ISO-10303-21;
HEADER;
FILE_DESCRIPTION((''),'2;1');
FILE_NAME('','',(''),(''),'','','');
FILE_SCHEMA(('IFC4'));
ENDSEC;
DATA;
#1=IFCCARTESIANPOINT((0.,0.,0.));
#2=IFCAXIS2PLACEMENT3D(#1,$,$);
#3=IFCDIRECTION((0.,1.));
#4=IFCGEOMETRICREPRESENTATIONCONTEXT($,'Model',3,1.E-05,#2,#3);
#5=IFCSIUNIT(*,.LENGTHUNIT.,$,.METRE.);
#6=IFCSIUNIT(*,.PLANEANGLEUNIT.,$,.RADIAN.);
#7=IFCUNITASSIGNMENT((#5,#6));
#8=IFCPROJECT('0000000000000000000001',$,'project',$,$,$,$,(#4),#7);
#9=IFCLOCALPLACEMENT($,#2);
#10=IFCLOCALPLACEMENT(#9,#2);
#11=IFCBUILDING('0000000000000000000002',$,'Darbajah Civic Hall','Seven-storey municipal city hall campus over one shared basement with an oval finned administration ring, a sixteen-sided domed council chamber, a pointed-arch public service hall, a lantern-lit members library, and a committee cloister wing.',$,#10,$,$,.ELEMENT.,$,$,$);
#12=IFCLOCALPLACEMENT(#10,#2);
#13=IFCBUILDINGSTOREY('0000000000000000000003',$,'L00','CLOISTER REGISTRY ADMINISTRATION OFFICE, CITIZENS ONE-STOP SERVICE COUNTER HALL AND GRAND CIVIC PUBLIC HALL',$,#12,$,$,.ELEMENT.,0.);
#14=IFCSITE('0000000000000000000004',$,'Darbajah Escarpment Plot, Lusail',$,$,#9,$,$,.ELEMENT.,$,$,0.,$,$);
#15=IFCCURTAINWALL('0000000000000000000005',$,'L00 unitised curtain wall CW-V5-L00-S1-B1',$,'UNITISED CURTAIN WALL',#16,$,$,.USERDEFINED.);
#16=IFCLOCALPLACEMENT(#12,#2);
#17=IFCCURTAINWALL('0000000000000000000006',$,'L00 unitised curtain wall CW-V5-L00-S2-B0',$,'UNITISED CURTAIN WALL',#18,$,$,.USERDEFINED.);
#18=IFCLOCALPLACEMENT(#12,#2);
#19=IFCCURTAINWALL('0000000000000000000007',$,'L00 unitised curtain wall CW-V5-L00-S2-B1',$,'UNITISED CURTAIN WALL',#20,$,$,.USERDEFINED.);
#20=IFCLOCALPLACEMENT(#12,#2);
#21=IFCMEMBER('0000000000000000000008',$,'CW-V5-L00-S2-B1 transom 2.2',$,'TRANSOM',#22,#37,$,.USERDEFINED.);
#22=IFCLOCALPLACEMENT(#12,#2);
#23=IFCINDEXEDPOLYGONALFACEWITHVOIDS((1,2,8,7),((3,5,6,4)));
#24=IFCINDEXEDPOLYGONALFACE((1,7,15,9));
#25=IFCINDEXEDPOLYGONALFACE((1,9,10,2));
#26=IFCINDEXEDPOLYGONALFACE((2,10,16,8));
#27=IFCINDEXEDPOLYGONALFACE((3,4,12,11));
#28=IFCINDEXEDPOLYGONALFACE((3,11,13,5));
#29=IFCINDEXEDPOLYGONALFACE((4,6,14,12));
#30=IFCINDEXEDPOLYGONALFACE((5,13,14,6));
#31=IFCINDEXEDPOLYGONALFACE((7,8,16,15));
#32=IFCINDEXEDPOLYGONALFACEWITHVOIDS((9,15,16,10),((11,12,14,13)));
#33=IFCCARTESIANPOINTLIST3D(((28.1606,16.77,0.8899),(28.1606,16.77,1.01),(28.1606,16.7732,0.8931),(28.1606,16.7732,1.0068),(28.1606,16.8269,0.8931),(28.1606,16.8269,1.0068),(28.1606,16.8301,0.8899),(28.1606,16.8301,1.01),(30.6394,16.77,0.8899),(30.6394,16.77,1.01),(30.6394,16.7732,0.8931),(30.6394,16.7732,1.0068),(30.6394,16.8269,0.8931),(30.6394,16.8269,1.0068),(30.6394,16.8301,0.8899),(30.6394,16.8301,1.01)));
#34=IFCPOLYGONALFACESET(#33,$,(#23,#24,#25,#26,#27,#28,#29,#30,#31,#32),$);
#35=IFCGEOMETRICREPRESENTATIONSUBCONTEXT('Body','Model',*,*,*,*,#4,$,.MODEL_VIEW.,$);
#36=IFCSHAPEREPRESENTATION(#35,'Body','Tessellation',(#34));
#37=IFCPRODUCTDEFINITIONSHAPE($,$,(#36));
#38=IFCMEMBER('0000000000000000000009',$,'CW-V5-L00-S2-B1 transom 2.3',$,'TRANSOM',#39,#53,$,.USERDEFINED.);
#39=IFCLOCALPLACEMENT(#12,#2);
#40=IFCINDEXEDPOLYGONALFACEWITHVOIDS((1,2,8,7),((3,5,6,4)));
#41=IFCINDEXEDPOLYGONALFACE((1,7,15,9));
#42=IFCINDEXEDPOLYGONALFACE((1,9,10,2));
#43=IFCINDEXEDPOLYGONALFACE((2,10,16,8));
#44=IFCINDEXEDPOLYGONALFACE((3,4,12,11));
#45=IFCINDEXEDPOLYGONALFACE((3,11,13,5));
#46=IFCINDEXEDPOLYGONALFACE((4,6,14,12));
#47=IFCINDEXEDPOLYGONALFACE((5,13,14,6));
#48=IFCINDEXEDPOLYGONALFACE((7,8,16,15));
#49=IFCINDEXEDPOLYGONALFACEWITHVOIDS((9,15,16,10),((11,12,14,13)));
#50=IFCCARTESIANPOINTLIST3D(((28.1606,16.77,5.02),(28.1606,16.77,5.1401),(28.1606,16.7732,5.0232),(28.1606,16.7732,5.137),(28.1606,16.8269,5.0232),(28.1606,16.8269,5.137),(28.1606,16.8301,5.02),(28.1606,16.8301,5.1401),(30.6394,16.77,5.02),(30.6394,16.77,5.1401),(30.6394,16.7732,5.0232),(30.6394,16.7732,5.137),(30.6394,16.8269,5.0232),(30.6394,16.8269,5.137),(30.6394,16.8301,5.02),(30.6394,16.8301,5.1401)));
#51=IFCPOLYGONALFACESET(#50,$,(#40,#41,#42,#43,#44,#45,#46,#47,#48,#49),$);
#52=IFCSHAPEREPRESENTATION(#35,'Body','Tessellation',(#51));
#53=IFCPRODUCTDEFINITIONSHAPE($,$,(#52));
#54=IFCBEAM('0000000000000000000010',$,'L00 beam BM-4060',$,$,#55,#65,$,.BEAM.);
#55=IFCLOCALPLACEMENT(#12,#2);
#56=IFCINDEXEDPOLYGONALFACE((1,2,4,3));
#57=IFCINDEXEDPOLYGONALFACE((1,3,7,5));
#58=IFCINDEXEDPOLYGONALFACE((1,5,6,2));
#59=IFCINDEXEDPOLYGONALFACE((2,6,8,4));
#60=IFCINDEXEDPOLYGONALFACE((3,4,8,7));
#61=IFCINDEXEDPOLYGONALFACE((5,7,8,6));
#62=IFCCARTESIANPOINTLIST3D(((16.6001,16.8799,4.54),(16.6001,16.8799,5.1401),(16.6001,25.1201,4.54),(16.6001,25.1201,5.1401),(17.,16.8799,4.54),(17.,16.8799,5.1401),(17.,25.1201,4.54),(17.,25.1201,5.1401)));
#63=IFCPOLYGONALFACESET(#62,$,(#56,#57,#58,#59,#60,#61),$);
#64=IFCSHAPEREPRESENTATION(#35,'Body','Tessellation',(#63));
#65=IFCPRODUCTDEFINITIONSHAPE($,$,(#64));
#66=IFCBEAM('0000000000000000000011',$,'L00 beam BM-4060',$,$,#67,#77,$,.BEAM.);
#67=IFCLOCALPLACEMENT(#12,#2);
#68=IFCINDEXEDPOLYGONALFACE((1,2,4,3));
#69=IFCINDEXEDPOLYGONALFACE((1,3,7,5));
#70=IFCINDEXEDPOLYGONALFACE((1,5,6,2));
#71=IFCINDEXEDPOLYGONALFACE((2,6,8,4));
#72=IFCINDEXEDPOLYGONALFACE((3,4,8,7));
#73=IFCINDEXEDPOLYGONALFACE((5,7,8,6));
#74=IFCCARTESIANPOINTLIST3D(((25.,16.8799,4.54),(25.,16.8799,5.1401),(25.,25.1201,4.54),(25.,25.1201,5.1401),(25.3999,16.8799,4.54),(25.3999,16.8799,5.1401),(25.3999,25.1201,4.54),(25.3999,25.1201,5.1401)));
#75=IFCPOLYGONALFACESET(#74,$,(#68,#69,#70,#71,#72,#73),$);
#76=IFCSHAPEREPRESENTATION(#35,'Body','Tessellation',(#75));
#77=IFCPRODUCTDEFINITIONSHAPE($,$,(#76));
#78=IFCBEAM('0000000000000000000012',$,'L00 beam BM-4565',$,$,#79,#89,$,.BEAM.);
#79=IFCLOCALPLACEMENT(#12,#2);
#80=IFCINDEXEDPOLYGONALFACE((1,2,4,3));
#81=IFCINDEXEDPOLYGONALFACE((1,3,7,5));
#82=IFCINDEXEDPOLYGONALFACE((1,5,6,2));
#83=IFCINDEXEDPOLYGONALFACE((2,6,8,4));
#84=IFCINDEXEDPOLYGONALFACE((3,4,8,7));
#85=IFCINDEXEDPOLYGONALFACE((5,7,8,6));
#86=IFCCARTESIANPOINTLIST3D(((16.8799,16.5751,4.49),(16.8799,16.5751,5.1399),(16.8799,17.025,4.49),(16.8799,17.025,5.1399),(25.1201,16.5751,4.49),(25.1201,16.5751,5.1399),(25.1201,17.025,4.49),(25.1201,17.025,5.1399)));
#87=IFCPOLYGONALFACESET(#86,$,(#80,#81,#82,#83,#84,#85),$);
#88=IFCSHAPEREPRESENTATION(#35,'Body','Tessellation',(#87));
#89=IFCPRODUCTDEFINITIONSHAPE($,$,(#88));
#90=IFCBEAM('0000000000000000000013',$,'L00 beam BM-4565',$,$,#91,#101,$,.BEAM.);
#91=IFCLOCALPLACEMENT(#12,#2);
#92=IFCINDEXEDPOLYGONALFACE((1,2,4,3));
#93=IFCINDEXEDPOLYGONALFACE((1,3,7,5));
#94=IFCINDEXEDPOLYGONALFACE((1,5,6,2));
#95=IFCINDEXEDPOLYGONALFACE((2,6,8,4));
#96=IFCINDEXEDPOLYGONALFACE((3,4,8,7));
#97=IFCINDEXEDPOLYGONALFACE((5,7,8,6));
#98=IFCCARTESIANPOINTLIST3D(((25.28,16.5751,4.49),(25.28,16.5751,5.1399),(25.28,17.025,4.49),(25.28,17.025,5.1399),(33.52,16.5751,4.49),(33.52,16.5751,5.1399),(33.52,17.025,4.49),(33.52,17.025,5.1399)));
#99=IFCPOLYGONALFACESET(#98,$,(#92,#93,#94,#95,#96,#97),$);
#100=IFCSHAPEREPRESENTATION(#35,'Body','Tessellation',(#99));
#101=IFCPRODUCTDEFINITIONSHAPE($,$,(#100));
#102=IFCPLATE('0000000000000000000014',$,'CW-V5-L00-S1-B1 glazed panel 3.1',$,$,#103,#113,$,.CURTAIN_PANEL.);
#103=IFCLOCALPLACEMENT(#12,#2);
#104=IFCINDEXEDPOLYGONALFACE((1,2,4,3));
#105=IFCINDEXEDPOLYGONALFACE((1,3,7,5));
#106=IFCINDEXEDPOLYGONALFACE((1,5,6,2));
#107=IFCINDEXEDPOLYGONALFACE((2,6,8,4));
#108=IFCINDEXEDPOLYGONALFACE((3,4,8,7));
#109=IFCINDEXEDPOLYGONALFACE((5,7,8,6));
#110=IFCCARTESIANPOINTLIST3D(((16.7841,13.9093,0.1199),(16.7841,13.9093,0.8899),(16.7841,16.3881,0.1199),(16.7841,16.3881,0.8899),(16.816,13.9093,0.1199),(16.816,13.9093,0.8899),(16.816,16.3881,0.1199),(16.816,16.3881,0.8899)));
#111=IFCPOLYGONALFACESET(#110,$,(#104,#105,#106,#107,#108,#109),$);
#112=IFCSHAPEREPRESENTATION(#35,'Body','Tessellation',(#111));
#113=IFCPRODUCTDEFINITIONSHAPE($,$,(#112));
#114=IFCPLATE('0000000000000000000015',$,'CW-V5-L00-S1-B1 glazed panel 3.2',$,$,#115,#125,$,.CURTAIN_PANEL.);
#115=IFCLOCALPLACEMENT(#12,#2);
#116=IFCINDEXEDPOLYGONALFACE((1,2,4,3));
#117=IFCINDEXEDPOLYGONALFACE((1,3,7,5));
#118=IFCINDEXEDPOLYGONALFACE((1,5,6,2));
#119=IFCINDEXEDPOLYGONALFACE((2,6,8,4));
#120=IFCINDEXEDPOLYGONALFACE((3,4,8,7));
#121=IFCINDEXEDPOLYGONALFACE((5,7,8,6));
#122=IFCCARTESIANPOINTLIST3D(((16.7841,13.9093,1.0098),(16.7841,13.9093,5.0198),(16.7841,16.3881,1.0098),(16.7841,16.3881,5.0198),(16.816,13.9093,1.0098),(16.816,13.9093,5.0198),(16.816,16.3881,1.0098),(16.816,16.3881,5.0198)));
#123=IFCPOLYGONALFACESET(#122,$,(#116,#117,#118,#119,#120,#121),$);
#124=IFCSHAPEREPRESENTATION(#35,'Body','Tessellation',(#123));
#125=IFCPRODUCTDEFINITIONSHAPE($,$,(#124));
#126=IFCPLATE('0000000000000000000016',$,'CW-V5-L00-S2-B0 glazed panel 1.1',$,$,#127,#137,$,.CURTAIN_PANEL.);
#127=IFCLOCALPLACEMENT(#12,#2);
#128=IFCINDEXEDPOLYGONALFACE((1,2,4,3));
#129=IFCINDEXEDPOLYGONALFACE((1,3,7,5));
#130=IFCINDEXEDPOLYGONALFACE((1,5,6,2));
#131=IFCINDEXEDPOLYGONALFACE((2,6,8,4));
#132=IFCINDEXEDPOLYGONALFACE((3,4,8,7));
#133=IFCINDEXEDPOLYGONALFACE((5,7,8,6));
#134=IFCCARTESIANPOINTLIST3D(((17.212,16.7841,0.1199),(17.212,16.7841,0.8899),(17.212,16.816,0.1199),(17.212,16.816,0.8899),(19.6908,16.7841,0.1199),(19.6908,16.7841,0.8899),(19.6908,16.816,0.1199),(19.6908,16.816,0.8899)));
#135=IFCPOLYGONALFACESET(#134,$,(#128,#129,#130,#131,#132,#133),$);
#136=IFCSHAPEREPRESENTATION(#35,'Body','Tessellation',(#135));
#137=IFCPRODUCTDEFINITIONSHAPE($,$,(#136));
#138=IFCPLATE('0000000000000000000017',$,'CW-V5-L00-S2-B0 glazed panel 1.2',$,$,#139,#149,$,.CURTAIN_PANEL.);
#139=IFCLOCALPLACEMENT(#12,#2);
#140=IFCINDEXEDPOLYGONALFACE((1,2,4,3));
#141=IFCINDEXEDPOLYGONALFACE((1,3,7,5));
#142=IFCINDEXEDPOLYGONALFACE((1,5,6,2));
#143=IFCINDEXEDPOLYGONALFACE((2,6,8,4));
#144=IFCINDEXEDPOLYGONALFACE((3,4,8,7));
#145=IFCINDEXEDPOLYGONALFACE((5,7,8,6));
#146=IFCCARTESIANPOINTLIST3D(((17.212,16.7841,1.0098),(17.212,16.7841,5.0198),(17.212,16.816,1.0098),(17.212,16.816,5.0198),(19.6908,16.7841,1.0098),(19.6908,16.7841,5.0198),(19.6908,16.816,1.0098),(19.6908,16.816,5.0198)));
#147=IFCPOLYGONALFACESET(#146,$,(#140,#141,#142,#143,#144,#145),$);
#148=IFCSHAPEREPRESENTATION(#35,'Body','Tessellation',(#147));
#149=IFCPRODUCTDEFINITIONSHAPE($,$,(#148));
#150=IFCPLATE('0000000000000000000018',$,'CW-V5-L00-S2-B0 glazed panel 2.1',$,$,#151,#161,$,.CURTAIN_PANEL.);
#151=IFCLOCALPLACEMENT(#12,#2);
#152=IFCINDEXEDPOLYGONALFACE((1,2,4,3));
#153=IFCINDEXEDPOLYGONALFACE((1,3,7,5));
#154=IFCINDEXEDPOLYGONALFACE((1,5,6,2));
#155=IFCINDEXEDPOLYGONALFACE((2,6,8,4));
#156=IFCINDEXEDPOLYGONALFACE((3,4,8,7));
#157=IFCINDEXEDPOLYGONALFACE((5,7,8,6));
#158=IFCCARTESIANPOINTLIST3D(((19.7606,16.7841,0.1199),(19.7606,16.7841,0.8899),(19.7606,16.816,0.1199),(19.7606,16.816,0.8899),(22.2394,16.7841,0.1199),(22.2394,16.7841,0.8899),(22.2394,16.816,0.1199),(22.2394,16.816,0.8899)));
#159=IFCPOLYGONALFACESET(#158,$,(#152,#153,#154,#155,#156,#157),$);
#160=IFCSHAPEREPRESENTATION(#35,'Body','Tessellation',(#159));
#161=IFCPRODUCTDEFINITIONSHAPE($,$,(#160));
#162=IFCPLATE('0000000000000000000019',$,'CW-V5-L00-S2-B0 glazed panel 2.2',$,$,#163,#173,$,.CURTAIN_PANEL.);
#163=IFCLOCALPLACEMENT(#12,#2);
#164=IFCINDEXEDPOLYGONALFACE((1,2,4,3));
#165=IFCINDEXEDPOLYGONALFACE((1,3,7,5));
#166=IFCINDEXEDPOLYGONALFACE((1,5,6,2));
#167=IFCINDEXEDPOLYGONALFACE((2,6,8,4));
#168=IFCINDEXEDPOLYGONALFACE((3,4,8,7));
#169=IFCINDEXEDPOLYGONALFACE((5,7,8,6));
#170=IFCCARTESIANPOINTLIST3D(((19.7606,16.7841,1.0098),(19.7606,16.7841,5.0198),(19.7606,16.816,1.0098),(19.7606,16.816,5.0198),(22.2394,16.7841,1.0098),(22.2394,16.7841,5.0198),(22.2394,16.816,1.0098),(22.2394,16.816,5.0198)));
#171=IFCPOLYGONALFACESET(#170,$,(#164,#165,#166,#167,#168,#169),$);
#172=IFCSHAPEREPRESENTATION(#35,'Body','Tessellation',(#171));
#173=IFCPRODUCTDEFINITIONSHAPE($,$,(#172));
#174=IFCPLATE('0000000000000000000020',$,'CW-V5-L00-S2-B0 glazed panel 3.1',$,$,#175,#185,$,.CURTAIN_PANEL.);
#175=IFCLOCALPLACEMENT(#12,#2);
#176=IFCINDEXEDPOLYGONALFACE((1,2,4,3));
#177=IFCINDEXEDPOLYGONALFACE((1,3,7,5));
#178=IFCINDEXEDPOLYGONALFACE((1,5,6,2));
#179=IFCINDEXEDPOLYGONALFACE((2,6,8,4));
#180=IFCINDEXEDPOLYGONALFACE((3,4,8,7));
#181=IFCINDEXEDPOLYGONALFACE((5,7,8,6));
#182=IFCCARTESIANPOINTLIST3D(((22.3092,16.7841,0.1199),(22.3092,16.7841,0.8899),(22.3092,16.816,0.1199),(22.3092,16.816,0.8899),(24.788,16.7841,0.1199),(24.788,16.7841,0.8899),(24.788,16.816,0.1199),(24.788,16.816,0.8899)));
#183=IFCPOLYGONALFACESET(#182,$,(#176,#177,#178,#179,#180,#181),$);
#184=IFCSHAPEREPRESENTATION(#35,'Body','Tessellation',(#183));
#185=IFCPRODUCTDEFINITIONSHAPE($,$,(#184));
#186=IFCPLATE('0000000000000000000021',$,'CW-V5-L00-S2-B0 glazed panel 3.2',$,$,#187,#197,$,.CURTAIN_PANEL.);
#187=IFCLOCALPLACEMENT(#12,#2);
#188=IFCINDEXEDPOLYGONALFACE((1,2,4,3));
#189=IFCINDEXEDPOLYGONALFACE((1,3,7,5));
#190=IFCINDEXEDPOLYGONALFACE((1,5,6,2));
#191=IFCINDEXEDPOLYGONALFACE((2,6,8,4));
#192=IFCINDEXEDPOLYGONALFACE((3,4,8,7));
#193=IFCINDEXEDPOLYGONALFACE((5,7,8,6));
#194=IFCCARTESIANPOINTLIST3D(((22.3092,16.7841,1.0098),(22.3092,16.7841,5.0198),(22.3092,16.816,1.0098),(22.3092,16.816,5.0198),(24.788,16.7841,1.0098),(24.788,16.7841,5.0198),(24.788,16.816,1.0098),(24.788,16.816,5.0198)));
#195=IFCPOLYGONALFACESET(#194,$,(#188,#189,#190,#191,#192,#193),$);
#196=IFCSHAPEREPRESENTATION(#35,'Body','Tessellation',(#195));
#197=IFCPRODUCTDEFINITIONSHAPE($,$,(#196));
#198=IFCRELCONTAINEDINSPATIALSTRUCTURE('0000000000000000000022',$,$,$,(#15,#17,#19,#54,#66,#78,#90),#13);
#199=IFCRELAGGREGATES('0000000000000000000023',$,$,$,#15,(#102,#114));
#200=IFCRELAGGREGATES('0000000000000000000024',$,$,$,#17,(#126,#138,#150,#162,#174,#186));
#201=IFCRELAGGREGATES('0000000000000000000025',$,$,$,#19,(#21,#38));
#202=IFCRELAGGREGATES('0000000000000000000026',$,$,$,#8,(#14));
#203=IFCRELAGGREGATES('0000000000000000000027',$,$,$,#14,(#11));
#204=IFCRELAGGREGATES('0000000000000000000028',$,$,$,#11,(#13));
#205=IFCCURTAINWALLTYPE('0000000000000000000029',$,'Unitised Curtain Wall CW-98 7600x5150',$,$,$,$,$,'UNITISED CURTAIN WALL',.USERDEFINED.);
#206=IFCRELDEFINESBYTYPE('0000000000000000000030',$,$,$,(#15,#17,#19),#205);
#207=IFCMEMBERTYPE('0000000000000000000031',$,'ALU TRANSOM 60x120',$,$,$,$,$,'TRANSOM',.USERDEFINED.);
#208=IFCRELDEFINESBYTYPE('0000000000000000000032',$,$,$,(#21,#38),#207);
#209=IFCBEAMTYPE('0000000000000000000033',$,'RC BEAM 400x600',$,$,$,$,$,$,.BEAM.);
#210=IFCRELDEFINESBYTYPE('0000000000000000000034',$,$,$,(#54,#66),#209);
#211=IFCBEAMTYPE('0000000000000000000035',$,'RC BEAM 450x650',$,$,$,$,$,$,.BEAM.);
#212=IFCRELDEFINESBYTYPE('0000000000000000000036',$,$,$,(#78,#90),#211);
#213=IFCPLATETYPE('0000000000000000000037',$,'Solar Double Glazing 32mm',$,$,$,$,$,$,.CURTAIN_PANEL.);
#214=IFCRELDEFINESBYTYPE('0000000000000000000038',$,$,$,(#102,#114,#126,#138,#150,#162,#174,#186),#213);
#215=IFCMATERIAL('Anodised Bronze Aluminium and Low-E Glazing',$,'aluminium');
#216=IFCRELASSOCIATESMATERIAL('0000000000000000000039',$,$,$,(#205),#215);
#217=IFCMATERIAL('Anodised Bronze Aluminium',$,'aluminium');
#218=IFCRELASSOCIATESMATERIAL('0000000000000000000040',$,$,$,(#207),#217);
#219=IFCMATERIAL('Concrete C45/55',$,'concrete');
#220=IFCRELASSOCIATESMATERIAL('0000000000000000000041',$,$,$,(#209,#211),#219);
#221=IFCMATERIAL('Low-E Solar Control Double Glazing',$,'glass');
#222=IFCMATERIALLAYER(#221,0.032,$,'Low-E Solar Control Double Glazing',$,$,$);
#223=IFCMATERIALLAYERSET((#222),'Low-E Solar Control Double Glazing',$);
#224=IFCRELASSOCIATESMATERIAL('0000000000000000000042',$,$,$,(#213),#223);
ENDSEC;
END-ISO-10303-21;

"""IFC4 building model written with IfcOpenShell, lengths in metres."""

from ifc_helpers import new_model, si_unit, direction, frame, origin, origin_2d, place, context, subcontext, project, spatial, rectangle, hollow_rectangle, extrude, material, layer, layer_set, material_profile, profile_set, type_object, element, aggregate, save


model = new_model("IFC4")

# Units and contexts
model_context = context("Model", 3, precision=1e-05, world=origin(), true_north=direction((0.0, 1.0)))
body_context = subcontext(model_context, "Body", "Model", "MODEL_VIEW")
ifc_project = project(units=[si_unit("LENGTHUNIT", "METRE"), si_unit("PLANEANGLEUNIT", "RADIAN")], contexts=[model_context])

# Site, building, storey
site_placement = place(None, origin())
site = spatial("IfcSite", under=ifc_project, at=site_placement, Name="Darbajah Escarpment Plot, Lusail", CompositionType="ELEMENT", RefElevation=0.0)
building_placement = place(site_placement, origin())
building = spatial("IfcBuilding", under=site, at=building_placement, Name="Darbajah Civic Hall", Description="Seven-storey municipal city hall campus over one shared basement with an oval finned administration ring, a sixteen-sided domed council chamber, a pointed-arch public service hall, a lantern-lit members library, and a committee cloister wing.", CompositionType="ELEMENT")
storey_placement = place(building_placement, origin())
storey = spatial("IfcBuildingStorey", under=building, at=storey_placement, Name="L00", Description="CLOISTER REGISTRY ADMINISTRATION OFFICE, CITIZENS ONE-STOP SERVICE COUNTER HALL AND GRAND CIVIC PUBLIC HALL", CompositionType="ELEMENT", Elevation=0.0)

# Curtain wall
ifc_material_1 = material(Name="Anodised Bronze Aluminium and Low-E Glazing", Category="aluminium")
curtain_wall_type = type_object("IfcCurtainWallType", Name="Unitised Curtain Wall CW-98 7600x5150", ElementType="UNITISED CURTAIN WALL", PredefinedType="USERDEFINED", material=ifc_material_1)
curtain_wall_1_placement = place(storey_placement, origin())
curtain_wall_1 = element("IfcCurtainWall", 1, at=curtain_wall_1_placement, inside=storey, type_object=curtain_wall_type, Name="L00 unitised curtain wall CW-V5-L00-S1-B1", ObjectType="UNITISED CURTAIN WALL", PredefinedType="USERDEFINED")
ifc_material_2 = material(Name="Anodised Bronze Aluminium", Category="aluminium")

# Curtain walls
curtain_wall_2_placement = place(storey_placement, origin())
curtain_wall_2 = element("IfcCurtainWall", 2, at=curtain_wall_2_placement, inside=storey, type_object=curtain_wall_type, Name="L00 unitised curtain wall CW-V5-L00-S2-B0", ObjectType="UNITISED CURTAIN WALL", PredefinedType="USERDEFINED")
curtain_wall_3_placement = place(storey_placement, origin())
curtain_wall_3 = element("IfcCurtainWall", 3, at=curtain_wall_3_placement, inside=storey, type_object=curtain_wall_type, Name="L00 unitised curtain wall CW-V5-L00-S2-B1", ObjectType="UNITISED CURTAIN WALL", PredefinedType="USERDEFINED")

# Members
ifc_material_profile_1 = material_profile(ifc_material_2, hollow_rectangle(XDim=0.0601, YDim=0.1201, WallThickness=0.0032, at=origin_2d()), Name="ALU TRANSOM 60x120")
ifc_profile_set_1 = profile_set([ifc_material_profile_1], Name="Anodised Bronze Aluminium")
member_type_1 = type_object("IfcMemberType", Name="ALU TRANSOM 60x120", ElementType="TRANSOM", PredefinedType="USERDEFINED", material=ifc_profile_set_1)
member_1_placement = place(storey_placement, frame((28.1606, 16.8, 0.95), z_axis=(1.0, 0.0, 0.0), x_axis=(0.0, 1.0, 0.0)))
member_1 = element("IfcMember", 4, at=member_1_placement, type_object=member_type_1, Name="CW-V5-L00-S2-B1 transom 2.2", ObjectType="TRANSOM", PredefinedType="USERDEFINED", context=body_context, shape_type="SweptSolid", body=[
    extrude(hollow_rectangle(XDim=0.0601, YDim=0.1201, WallThickness=0.0032, at=origin_2d()), origin(), (0.0, 0.0, 1.0), 2.4788),
])
member_2_placement = place(storey_placement, frame((28.1606, 16.8, 5.0801), z_axis=(1.0, 0.0, 0.0), x_axis=(0.0, 1.0, 0.0)))
member_2 = element("IfcMember", 5, at=member_2_placement, type_object=member_type_1, Name="CW-V5-L00-S2-B1 transom 2.3", ObjectType="TRANSOM", PredefinedType="USERDEFINED", context=body_context, shape_type="SweptSolid", body=[
    extrude(hollow_rectangle(XDim=0.0601, YDim=0.1201, WallThickness=0.0032, at=origin_2d()), origin(), (0.0, 0.0, 1.0), 2.4788),
])

# Beams
ifc_material_3 = material(Name="Concrete C45/55", Category="concrete")
ifc_material_profile_2 = material_profile(ifc_material_3, rectangle(XDim=0.3999, YDim=0.6001, at=origin_2d()), Name="RC BEAM 400x600")
ifc_profile_set_2 = profile_set([ifc_material_profile_2], Name="Concrete C45/55")
beam_type_1 = type_object("IfcBeamType", Name="RC BEAM 400x600", PredefinedType="BEAM", material=ifc_profile_set_2)
for number, where, z_axis, x_axis, name in (
    (6, (16.8, 16.8799, 4.8401), (0.0, 1.0, 0.0), (-1.0, 0.0, 0.0), "L00 beam BM-4060"),
    (7, (25.2, 16.8799, 4.8401), (0.0, 1.0, 0.0), (-1.0, 0.0, 0.0), "L00 beam BM-4060"),
):
    element("IfcBeam", number, at=place(storey_placement, frame(where, z_axis=z_axis, x_axis=x_axis)), inside=storey, type_object=beam_type_1, Name=name, PredefinedType="BEAM", context=body_context, shape_type="SweptSolid", body=[
        extrude(rectangle(XDim=0.3999, YDim=0.6001, at=origin_2d()), origin(), (0.0, 0.0, 1.0), 8.2402),
    ])
ifc_material_profile_3 = material_profile(ifc_material_3, rectangle(XDim=0.45, YDim=0.6499, at=origin_2d()), Name="RC BEAM 450x650")
ifc_profile_set_3 = profile_set([ifc_material_profile_3], Name="Concrete C45/55")
beam_type_2 = type_object("IfcBeamType", Name="RC BEAM 450x650", PredefinedType="BEAM", material=ifc_profile_set_3)
beam_1_placement = place(storey_placement, frame((16.8799, 16.8, 4.8149), z_axis=(1.0, 0.0, 0.0), x_axis=(0.0, 1.0, 0.0)))
element("IfcBeam", 8, at=beam_1_placement, inside=storey, type_object=beam_type_2, Name="L00 beam BM-4565", PredefinedType="BEAM", context=body_context, shape_type="SweptSolid", body=[
    extrude(rectangle(XDim=0.45, YDim=0.6499, at=origin_2d()), origin(), (0.0, 0.0, 1.0), 8.2402),
])
beam_2_placement = place(storey_placement, frame((25.28, 16.8, 4.8149), z_axis=(1.0, 0.0, 0.0), x_axis=(0.0, 1.0, 0.0)))
element("IfcBeam", 9, at=beam_2_placement, inside=storey, type_object=beam_type_2, Name="L00 beam BM-4565", PredefinedType="BEAM", context=body_context, shape_type="SweptSolid", body=[
    extrude(rectangle(XDim=0.45, YDim=0.6499, at=origin_2d()), origin(), (0.0, 0.0, 1.0), 8.24),
])

# Plates
ifc_material_4 = material(Name="Low-E Solar Control Double Glazing", Category="glass")
ifc_layer = layer(ifc_material_4, 0.032, Name="Low-E Solar Control Double Glazing")
ifc_layer_set = layer_set([ifc_layer], Name="Low-E Solar Control Double Glazing")
plate_type = type_object("IfcPlateType", Name="Solar Double Glazing 32mm", PredefinedType="CURTAIN_PANEL", material=ifc_layer_set)
plate_1_placement = place(storey_placement, frame((16.8, 15.1487, 0.1199), z_axis=(0.0, 0.0, 1.0), x_axis=(0.0, 1.0, 0.0)))
plate_1 = element("IfcPlate", 10, at=plate_1_placement, type_object=plate_type, Name="CW-V5-L00-S1-B1 glazed panel 3.1", PredefinedType="CURTAIN_PANEL", context=body_context, shape_type="SweptSolid", body=[
    extrude(rectangle(XDim=2.4788, YDim=0.032, at=origin_2d()), origin(), (0.0, 0.0, 1.0), 0.77),
])
plate_2_placement = place(storey_placement, frame((16.8, 15.1487, 1.0098), z_axis=(0.0, 0.0, 1.0), x_axis=(0.0, 1.0, 0.0)))
plate_2 = element("IfcPlate", 11, at=plate_2_placement, type_object=plate_type, Name="CW-V5-L00-S1-B1 glazed panel 3.2", PredefinedType="CURTAIN_PANEL", context=body_context, shape_type="SweptSolid", body=[
    extrude(rectangle(XDim=2.4788, YDim=0.032, at=origin_2d()), origin(), (0.0, 0.0, 1.0), 4.01),
])
aggregate(curtain_wall_1, [plate_1, plate_2])
plate_3_placement = place(storey_placement, frame((18.4514, 16.8, 0.1199), z_axis=(0.0, 0.0, 1.0), x_axis=(1.0, 0.0, 0.0)))
plate_3 = element("IfcPlate", 12, at=plate_3_placement, type_object=plate_type, Name="CW-V5-L00-S2-B0 glazed panel 1.1", PredefinedType="CURTAIN_PANEL", context=body_context, shape_type="SweptSolid", body=[
    extrude(rectangle(XDim=2.4788, YDim=0.032, at=origin_2d()), origin(), (0.0, 0.0, 1.0), 0.77),
])
plate_4_placement = place(storey_placement, frame((18.4514, 16.8, 1.0098), z_axis=(0.0, 0.0, 1.0), x_axis=(1.0, 0.0, 0.0)))
plate_4 = element("IfcPlate", 13, at=plate_4_placement, type_object=plate_type, Name="CW-V5-L00-S2-B0 glazed panel 1.2", PredefinedType="CURTAIN_PANEL", context=body_context, shape_type="SweptSolid", body=[
    extrude(rectangle(XDim=2.4788, YDim=0.032, at=origin_2d()), origin(), (0.0, 0.0, 1.0), 4.01),
])
plate_5_placement = place(storey_placement, frame((21.0, 16.8, 0.1199), z_axis=(0.0, 0.0, 1.0), x_axis=(1.0, 0.0, 0.0)))
plate_5 = element("IfcPlate", 14, at=plate_5_placement, type_object=plate_type, Name="CW-V5-L00-S2-B0 glazed panel 2.1", PredefinedType="CURTAIN_PANEL", context=body_context, shape_type="SweptSolid", body=[
    extrude(rectangle(XDim=2.4788, YDim=0.032, at=origin_2d()), origin(), (0.0, 0.0, 1.0), 0.77),
])
plate_6_placement = place(storey_placement, frame((21.0, 16.8, 1.0098), z_axis=(0.0, 0.0, 1.0), x_axis=(1.0, 0.0, 0.0)))
plate_6 = element("IfcPlate", 15, at=plate_6_placement, type_object=plate_type, Name="CW-V5-L00-S2-B0 glazed panel 2.2", PredefinedType="CURTAIN_PANEL", context=body_context, shape_type="SweptSolid", body=[
    extrude(rectangle(XDim=2.4788, YDim=0.032, at=origin_2d()), origin(), (0.0, 0.0, 1.0), 4.01),
])
plate_7_placement = place(storey_placement, frame((23.5486, 16.8, 0.1199), z_axis=(0.0, 0.0, 1.0), x_axis=(1.0, 0.0, 0.0)))
plate_7 = element("IfcPlate", 16, at=plate_7_placement, type_object=plate_type, Name="CW-V5-L00-S2-B0 glazed panel 3.1", PredefinedType="CURTAIN_PANEL", context=body_context, shape_type="SweptSolid", body=[
    extrude(rectangle(XDim=2.4788, YDim=0.032, at=origin_2d()), origin(), (0.0, 0.0, 1.0), 0.77),
])
plate_8_placement = place(storey_placement, frame((23.5486, 16.8, 1.0098), z_axis=(0.0, 0.0, 1.0), x_axis=(1.0, 0.0, 0.0)))
plate_8 = element("IfcPlate", 17, at=plate_8_placement, type_object=plate_type, Name="CW-V5-L00-S2-B0 glazed panel 3.2", PredefinedType="CURTAIN_PANEL", context=body_context, shape_type="SweptSolid", body=[
    extrude(rectangle(XDim=2.4788, YDim=0.032, at=origin_2d()), origin(), (0.0, 0.0, 1.0), 4.01),
])
aggregate(curtain_wall_2, [plate_3, plate_4, plate_5, plate_6, plate_7, plate_8])
aggregate(curtain_wall_3, [member_1, member_2])

save(model, "model.ifc")
